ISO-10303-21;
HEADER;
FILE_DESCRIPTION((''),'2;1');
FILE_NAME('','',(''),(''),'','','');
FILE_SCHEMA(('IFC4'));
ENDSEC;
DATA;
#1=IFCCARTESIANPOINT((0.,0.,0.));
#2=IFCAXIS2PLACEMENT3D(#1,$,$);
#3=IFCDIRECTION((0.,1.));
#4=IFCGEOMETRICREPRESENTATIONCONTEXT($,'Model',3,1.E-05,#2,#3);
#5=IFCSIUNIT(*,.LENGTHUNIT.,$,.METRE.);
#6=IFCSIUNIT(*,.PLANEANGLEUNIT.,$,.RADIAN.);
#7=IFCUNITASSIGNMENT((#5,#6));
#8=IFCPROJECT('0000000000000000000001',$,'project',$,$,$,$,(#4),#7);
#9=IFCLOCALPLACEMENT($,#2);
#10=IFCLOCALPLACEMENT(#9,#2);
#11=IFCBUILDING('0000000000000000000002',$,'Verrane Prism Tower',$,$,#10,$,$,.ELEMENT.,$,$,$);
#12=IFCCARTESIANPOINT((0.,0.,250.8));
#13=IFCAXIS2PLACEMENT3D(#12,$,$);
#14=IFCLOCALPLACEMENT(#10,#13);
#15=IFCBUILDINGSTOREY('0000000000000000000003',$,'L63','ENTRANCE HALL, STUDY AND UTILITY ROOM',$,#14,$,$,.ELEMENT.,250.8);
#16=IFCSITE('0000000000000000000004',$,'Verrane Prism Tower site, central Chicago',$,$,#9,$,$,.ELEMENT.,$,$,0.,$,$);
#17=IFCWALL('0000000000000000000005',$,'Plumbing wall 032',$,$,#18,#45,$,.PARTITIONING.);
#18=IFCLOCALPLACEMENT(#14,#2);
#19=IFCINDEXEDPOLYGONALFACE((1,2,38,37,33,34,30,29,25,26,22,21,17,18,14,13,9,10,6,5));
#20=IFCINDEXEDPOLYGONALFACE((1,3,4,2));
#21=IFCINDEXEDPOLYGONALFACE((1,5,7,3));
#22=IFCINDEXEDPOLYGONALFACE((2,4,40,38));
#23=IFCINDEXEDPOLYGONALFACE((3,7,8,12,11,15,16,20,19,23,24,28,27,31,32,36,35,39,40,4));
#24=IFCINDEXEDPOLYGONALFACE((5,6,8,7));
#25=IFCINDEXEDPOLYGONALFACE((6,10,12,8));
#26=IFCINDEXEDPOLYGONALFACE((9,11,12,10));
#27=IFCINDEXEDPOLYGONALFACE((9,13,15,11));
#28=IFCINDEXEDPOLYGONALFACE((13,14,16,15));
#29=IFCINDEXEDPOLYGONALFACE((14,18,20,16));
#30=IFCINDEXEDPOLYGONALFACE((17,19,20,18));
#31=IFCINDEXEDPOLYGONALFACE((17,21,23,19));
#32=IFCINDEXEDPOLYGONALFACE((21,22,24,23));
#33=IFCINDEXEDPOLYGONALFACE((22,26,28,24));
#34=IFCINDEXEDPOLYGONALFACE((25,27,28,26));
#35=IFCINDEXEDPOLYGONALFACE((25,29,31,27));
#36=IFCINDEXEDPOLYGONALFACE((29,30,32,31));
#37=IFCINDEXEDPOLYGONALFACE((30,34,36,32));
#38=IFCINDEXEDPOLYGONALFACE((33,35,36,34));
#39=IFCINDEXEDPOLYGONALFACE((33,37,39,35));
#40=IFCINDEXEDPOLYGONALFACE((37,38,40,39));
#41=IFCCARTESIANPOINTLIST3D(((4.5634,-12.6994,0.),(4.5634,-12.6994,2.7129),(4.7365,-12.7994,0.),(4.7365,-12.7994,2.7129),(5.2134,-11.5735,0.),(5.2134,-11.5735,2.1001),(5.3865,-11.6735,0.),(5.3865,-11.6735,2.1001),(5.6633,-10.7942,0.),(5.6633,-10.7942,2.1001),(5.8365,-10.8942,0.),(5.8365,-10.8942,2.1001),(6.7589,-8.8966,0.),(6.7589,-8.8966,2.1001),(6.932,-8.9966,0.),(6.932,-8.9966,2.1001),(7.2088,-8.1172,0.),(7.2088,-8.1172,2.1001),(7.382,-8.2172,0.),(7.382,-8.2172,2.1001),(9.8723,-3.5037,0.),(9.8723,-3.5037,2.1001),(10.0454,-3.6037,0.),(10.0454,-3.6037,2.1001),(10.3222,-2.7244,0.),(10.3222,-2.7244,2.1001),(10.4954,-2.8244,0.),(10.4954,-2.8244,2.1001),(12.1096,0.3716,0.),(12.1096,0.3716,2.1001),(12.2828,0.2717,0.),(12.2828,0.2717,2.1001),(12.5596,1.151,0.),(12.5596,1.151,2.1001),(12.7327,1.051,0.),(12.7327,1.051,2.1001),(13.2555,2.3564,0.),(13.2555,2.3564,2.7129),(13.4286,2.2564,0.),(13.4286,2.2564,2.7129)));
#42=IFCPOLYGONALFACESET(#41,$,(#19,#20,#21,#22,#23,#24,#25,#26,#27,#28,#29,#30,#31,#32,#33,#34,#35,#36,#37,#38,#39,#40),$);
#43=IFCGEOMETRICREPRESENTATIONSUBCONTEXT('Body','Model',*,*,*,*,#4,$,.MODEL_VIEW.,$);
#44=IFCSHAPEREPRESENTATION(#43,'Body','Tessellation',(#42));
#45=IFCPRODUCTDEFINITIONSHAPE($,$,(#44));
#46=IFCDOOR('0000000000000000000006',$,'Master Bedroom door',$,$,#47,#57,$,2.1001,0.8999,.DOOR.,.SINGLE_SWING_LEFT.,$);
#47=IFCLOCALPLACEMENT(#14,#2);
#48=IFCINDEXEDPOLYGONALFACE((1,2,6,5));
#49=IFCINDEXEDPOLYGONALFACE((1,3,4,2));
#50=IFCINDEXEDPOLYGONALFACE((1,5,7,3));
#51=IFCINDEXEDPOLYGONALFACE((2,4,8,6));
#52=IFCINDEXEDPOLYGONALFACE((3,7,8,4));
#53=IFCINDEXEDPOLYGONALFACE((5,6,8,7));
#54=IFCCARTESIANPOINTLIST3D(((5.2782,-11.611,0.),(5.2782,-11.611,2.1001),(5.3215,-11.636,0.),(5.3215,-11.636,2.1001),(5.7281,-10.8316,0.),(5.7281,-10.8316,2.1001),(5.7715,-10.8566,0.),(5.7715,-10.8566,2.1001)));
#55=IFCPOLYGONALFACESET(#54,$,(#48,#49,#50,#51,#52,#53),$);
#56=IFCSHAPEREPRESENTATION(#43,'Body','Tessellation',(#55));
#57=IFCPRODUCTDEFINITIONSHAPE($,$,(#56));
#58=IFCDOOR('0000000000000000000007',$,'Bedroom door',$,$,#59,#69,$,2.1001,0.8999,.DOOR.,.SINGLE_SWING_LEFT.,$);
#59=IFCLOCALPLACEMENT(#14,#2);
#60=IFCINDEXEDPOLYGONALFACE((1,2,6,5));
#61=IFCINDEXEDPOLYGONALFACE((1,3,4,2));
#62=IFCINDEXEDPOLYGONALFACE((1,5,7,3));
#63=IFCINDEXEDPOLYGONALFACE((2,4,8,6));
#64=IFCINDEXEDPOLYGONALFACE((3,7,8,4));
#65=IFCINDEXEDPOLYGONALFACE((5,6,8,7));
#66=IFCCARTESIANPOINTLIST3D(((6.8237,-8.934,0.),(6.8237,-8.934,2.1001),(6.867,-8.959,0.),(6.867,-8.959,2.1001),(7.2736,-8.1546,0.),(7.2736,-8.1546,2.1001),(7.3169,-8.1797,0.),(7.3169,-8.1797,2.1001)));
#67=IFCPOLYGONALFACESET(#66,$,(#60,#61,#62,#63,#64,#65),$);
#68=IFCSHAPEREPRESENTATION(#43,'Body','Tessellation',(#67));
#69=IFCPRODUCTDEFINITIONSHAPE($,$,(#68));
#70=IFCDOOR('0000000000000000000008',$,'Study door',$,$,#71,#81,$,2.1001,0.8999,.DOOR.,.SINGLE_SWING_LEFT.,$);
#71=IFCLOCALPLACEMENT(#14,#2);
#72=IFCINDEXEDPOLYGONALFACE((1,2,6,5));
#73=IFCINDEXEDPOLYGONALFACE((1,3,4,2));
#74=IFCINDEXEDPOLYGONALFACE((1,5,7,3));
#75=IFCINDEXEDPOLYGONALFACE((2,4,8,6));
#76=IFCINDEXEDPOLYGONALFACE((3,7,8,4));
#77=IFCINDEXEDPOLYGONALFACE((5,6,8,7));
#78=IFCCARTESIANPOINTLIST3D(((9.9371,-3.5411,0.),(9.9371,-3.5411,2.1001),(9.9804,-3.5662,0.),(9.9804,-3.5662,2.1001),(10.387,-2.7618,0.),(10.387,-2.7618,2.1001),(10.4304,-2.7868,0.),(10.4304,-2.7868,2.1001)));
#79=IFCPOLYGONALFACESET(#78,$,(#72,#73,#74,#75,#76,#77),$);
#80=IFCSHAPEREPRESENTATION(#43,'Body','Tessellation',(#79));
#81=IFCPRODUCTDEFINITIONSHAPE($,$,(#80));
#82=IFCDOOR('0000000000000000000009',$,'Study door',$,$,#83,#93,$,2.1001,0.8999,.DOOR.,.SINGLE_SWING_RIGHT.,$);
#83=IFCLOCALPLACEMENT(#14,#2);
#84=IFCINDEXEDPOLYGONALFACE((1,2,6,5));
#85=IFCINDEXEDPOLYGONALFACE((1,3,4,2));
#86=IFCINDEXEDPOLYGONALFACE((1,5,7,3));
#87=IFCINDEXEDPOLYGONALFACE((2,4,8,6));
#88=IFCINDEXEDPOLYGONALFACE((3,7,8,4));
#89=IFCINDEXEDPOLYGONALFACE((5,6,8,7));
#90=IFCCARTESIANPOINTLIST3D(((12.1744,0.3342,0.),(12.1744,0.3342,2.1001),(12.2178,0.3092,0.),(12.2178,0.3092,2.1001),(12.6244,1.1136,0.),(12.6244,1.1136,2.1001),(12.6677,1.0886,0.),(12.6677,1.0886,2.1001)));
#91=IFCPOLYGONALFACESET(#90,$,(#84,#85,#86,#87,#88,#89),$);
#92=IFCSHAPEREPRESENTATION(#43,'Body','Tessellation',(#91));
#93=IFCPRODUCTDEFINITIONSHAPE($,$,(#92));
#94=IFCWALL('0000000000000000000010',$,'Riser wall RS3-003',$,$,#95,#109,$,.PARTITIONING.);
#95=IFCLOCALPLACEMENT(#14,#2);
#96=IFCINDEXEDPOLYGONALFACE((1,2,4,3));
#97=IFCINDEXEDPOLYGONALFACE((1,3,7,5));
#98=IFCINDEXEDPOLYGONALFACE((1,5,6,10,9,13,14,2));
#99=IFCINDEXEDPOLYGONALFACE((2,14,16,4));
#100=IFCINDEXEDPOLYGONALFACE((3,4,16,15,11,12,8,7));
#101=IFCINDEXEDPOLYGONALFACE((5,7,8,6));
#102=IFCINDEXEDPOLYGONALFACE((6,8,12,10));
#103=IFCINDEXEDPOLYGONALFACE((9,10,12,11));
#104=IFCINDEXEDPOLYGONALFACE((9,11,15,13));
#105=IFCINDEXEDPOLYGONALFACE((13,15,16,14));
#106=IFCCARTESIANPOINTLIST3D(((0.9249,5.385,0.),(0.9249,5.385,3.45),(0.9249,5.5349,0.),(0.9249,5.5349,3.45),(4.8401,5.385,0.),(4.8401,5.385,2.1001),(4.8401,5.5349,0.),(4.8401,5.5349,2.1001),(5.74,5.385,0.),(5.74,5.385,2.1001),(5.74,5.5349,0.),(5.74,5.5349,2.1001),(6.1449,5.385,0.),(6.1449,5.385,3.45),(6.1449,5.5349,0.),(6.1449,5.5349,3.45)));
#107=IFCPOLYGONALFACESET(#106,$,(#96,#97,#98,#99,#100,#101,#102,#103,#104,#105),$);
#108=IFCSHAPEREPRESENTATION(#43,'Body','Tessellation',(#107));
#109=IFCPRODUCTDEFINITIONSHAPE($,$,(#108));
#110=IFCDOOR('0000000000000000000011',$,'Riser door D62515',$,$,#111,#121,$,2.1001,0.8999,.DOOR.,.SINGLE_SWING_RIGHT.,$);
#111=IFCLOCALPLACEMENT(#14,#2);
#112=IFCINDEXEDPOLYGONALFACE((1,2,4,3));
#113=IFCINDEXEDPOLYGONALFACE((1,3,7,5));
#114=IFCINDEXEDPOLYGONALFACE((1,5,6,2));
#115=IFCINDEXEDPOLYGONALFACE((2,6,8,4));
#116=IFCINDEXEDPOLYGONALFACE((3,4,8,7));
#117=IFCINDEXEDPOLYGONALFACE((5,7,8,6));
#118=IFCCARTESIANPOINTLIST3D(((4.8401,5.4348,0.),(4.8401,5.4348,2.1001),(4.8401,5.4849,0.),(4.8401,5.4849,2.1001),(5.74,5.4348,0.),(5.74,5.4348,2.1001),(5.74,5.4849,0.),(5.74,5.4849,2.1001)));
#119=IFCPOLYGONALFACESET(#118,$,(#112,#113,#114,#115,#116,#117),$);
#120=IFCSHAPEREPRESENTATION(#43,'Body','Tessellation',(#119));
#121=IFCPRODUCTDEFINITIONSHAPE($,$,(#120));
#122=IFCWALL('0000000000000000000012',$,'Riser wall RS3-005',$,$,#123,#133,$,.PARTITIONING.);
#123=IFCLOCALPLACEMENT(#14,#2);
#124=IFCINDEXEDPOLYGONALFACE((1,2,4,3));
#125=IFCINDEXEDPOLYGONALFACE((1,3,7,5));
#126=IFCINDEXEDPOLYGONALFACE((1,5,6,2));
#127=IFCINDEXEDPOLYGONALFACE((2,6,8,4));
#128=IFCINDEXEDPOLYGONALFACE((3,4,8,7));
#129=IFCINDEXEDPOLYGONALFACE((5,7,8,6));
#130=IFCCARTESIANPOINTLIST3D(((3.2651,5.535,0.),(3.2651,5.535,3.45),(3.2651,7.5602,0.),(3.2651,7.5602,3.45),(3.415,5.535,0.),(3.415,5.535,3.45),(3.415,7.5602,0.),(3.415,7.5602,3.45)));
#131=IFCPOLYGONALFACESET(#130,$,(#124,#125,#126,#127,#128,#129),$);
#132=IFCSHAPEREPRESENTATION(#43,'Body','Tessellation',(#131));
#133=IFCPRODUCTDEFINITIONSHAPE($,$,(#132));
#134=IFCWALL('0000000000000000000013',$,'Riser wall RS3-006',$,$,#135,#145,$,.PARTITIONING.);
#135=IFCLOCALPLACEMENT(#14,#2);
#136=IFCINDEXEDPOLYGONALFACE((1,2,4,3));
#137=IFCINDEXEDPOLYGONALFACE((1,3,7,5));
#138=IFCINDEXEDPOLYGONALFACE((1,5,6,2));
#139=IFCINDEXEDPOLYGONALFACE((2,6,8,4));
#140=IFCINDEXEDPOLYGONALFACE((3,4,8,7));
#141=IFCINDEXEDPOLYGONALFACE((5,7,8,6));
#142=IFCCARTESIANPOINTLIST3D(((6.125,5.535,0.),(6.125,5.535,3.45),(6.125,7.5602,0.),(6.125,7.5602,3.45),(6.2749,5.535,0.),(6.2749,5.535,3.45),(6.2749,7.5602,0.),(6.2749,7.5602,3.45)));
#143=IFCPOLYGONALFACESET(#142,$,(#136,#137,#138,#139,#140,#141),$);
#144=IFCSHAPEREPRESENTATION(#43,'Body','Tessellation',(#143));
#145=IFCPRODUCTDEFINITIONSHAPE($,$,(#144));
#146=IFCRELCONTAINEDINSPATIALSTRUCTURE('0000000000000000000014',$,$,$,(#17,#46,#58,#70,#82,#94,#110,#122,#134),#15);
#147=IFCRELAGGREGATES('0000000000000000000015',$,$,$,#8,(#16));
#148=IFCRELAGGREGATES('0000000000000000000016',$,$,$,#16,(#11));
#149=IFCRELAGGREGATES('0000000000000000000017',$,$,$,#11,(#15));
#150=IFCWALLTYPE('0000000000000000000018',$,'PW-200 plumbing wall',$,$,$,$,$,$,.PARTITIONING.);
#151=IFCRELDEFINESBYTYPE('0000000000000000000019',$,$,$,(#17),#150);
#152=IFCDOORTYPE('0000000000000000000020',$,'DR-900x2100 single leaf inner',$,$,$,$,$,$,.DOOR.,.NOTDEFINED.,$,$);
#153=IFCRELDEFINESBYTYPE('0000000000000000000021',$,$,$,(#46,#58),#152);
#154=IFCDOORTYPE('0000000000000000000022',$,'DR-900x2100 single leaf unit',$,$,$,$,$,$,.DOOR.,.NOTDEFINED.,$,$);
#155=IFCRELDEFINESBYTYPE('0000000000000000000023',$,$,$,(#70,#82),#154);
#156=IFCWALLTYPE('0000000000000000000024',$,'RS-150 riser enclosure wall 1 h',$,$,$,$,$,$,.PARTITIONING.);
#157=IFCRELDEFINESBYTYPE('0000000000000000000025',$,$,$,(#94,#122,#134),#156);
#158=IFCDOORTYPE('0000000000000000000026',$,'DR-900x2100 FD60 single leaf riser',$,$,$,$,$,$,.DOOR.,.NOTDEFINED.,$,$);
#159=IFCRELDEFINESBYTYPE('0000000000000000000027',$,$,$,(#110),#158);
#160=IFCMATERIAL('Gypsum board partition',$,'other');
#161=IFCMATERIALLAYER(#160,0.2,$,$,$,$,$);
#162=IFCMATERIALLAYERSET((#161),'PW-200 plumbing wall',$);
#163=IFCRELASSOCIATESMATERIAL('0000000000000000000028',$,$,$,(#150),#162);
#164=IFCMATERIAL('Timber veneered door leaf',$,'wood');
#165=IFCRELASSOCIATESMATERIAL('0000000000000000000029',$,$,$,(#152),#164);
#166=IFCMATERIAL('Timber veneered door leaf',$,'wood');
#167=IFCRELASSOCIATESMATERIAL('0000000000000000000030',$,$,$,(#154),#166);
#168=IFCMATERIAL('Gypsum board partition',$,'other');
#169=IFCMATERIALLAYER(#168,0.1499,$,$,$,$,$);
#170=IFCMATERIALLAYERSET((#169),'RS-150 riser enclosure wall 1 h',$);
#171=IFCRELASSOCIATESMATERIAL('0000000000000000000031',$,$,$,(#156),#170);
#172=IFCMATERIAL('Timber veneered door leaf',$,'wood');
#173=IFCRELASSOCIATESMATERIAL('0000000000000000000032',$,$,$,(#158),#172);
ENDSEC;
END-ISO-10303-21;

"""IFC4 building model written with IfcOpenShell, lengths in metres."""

from ifc_helpers import new_model, si_unit, direction, frame, frame_2d, origin, place, context, subcontext, project, spatial, rectangle, extrude, material, layer, layer_set, type_object, element, fill, save


model = new_model("IFC4")

# Units and contexts
model_context = context("Model", 3, precision=1e-05, world=origin(), true_north=direction((0.0, 1.0)))
body_context = subcontext(model_context, "Body", "Model", "MODEL_VIEW")
ifc_project = project(units=[si_unit("LENGTHUNIT", "METRE"), si_unit("PLANEANGLEUNIT", "RADIAN")], contexts=[model_context])

# Site, building, storey
site_placement = place(None, origin())
site = spatial("IfcSite", under=ifc_project, at=site_placement, Name="Verrane Prism Tower site, central Chicago", CompositionType="ELEMENT", RefElevation=0.0)
building_placement = place(site_placement, origin())
building = spatial("IfcBuilding", under=site, at=building_placement, Name="Verrane Prism Tower", CompositionType="ELEMENT")
storey_placement = place(building_placement, frame((0.0, 0.0, 250.8)))
storey = spatial("IfcBuildingStorey", under=building, at=storey_placement, Name="L63", Description="ENTRANCE HALL, STUDY AND UTILITY ROOM", CompositionType="ELEMENT", Elevation=250.8)

# Wall, openings, doors
ifc_material_1 = material(Name="Gypsum board partition", Category="other")
ifc_layer_1 = layer(ifc_material_1, 0.2)
ifc_layer_set_1 = layer_set([ifc_layer_1], Name="PW-200 plumbing wall")
wall_type_1 = type_object("IfcWallType", Name="PW-200 plumbing wall", PredefinedType="PARTITIONING", material=ifc_layer_set_1)
wall_1_placement = place(storey_placement, frame((13.342, 2.3064, 0.0), z_axis=(0.0, 0.0, 1.0), x_axis=(-0.499983, -0.866035, 0.0)))
wall_1 = element("IfcWall", 1, at=wall_1_placement, inside=storey, type_object=wall_type_1, Name="Plumbing wall 032", PredefinedType="PARTITIONING", context=body_context, shape_type="SweptSolid", body=[
    extrude(rectangle(XDim=17.3848, YDim=0.2, at=frame_2d((8.6924, 0.0))), origin(), (0.0, 0.0, 1.0), 2.7129),
])
opening_1_placement = place(wall_1_placement, frame((15.1848, 0.0, 0.0)))
opening_1 = element("IfcOpeningElement", 2, at=opening_1_placement, cuts=wall_1, PredefinedType="OPENING", context=body_context, shape_type="SweptSolid", body=[
    extrude(rectangle(XDim=0.8999, YDim=2.1001, at=frame_2d((0.45, 1.05))), frame((0.0, 0.1099, 0.0), z_axis=(0.0, -1.0, 0.0), x_axis=(1.0, 0.0, 0.0)), (0.0, 0.0, 1.0), 0.22),
])
opening_2_placement = place(wall_1_placement, frame((12.0938, 0.0, 0.0)))
opening_2 = element("IfcOpeningElement", 3, at=opening_2_placement, cuts=wall_1, PredefinedType="OPENING", context=body_context, shape_type="SweptSolid", body=[
    extrude(rectangle(XDim=0.8999, YDim=2.1001, at=frame_2d((0.45, 1.05))), frame((0.0, 0.1099, 0.0), z_axis=(0.0, -1.0, 0.0), x_axis=(1.0, 0.0, 0.0)), (0.0, 0.0, 1.0), 0.22),
])
opening_3_placement = place(wall_1_placement, frame((5.8667, 0.0, 0.0)))
opening_3 = element("IfcOpeningElement", 4, at=opening_3_placement, cuts=wall_1, PredefinedType="OPENING", context=body_context, shape_type="SweptSolid", body=[
    extrude(rectangle(XDim=0.8999, YDim=2.1001, at=frame_2d((0.45, 1.05))), frame((0.0, 0.1099, 0.0), z_axis=(0.0, -1.0, 0.0), x_axis=(1.0, 0.0, 0.0)), (0.0, 0.0, 1.0), 0.22),
])
opening_4_placement = place(wall_1_placement, frame((1.3918, 0.0, 0.0)))
opening_4 = element("IfcOpeningElement", 5, at=opening_4_placement, cuts=wall_1, PredefinedType="OPENING", context=body_context, shape_type="SweptSolid", body=[
    extrude(rectangle(XDim=0.8999, YDim=2.1001, at=frame_2d((0.45, 1.05))), frame((0.0, 0.1099, 0.0), z_axis=(0.0, -1.0, 0.0), x_axis=(1.0, 0.0, 0.0)), (0.0, 0.0, 1.0), 0.22),
])
ifc_material_2 = material(Name="Timber veneered door leaf", Category="wood")
door_type_1 = type_object("IfcDoorType", Name="DR-900x2100 single leaf inner", OperationType="NOTDEFINED", PredefinedType="DOOR", material=ifc_material_2)
door_1_placement = place(opening_1_placement, origin())
door_1 = element("IfcDoor", 6, at=door_1_placement, inside=storey, type_object=door_type_1, Name="Master Bedroom door", OperationType="SINGLE_SWING_LEFT", OverallHeight=2.1001, OverallWidth=0.8999, PredefinedType="DOOR", context=body_context, shape_type="SweptSolid", body=[
    extrude(rectangle(XDim=0.8999, YDim=2.1001, at=frame_2d((0.45, 1.05))), frame((0.0, 0.0249, 0.0), z_axis=(0.0, -1.0, 0.0), x_axis=(1.0, 0.0, 0.0)), (0.0, 0.0, 1.0), 0.05),
])
fill(opening_1, door_1)
door_2_placement = place(opening_2_placement, origin())
door_2 = element("IfcDoor", 7, at=door_2_placement, inside=storey, type_object=door_type_1, Name="Bedroom door", OperationType="SINGLE_SWING_LEFT", OverallHeight=2.1001, OverallWidth=0.8999, PredefinedType="DOOR", context=body_context, shape_type="SweptSolid", body=[
    extrude(rectangle(XDim=0.8999, YDim=2.1001, at=frame_2d((0.45, 1.05))), frame((0.0, 0.0249, 0.0), z_axis=(0.0, -1.0, 0.0), x_axis=(1.0, 0.0, 0.0)), (0.0, 0.0, 1.0), 0.05),
])
fill(opening_2, door_2)
ifc_material_3 = material(Name="Timber veneered door leaf", Category="wood")
door_type_2 = type_object("IfcDoorType", Name="DR-900x2100 single leaf unit", OperationType="NOTDEFINED", PredefinedType="DOOR", material=ifc_material_3)
door_3_placement = place(opening_3_placement, origin())
door_3 = element("IfcDoor", 8, at=door_3_placement, inside=storey, type_object=door_type_2, Name="Study door", OperationType="SINGLE_SWING_LEFT", OverallHeight=2.1001, OverallWidth=0.8999, PredefinedType="DOOR", context=body_context, shape_type="SweptSolid", body=[
    extrude(rectangle(XDim=0.8999, YDim=2.1001, at=frame_2d((0.45, 1.05))), frame((0.0, 0.0249, 0.0), z_axis=(0.0, -1.0, 0.0), x_axis=(1.0, 0.0, 0.0)), (0.0, 0.0, 1.0), 0.05),
])
fill(opening_3, door_3)
door_4_placement = place(opening_4_placement, origin())
door_4 = element("IfcDoor", 9, at=door_4_placement, inside=storey, type_object=door_type_2, Name="Study door", OperationType="SINGLE_SWING_RIGHT", OverallHeight=2.1001, OverallWidth=0.8999, PredefinedType="DOOR", context=body_context, shape_type="SweptSolid", body=[
    extrude(rectangle(XDim=0.8999, YDim=2.1001, at=frame_2d((0.45, 1.05))), frame((0.0, 0.0249, 0.0), z_axis=(0.0, -1.0, 0.0), x_axis=(1.0, 0.0, 0.0)), (0.0, 0.0, 1.0), 0.05),
])
fill(opening_4, door_4)

# Wall, opening, door
ifc_material_4 = material(Name="Gypsum board partition", Category="other")
ifc_layer_2 = layer(ifc_material_4, 0.1499)
ifc_layer_set_2 = layer_set([ifc_layer_2], Name="RS-150 riser enclosure wall 1 h")
wall_type_2 = type_object("IfcWallType", Name="RS-150 riser enclosure wall 1 h", PredefinedType="PARTITIONING", material=ifc_layer_set_2)
wall_2_placement = place(storey_placement, frame((0.925, 5.46, 0.0), z_axis=(0.0, 0.0, 1.0), x_axis=(1.0, 0.0, 0.0)))
wall_2 = element("IfcWall", 10, at=wall_2_placement, inside=storey, type_object=wall_type_2, Name="Riser wall RS3-003", PredefinedType="PARTITIONING", context=body_context, shape_type="SweptSolid", body=[
    extrude(rectangle(XDim=5.22, YDim=0.1499, at=frame_2d((2.6099, 0.0))), origin(), (0.0, 0.0, 1.0), 3.45),
])
opening_5_placement = place(wall_2_placement, frame((3.915, 0.0, 0.0)))
opening_5 = element("IfcOpeningElement", 11, at=opening_5_placement, cuts=wall_2, PredefinedType="OPENING", context=body_context, shape_type="SweptSolid", body=[
    extrude(rectangle(XDim=0.8999, YDim=2.1001, at=frame_2d((0.45, 1.05))), frame((0.0, 0.085, 0.0), z_axis=(0.0, -1.0, 0.0), x_axis=(1.0, 0.0, 0.0)), (0.0, 0.0, 1.0), 0.1699),
])
ifc_material_5 = material(Name="Timber veneered door leaf", Category="wood")
door_type_3 = type_object("IfcDoorType", Name="DR-900x2100 FD60 single leaf riser", OperationType="NOTDEFINED", PredefinedType="DOOR", material=ifc_material_5)
door_5_placement = place(opening_5_placement, origin())
door_5 = element("IfcDoor", 12, at=door_5_placement, inside=storey, type_object=door_type_3, Name="Riser door D62515", OperationType="SINGLE_SWING_RIGHT", OverallHeight=2.1001, OverallWidth=0.8999, PredefinedType="DOOR", context=body_context, shape_type="SweptSolid", body=[
    extrude(rectangle(XDim=0.8999, YDim=2.1001, at=frame_2d((0.45, 1.05))), frame((0.0, 0.0249, 0.0), z_axis=(0.0, -1.0, 0.0), x_axis=(1.0, 0.0, 0.0)), (0.0, 0.0, 1.0), 0.05),
])
fill(opening_5, door_5)

# Walls
for number, where, z_axis, x_axis, name in (
    (13, (3.3401, 5.5349, 0.0), (0.0, 0.0, 1.0), (0.0, 1.0, 0.0), "Riser wall RS3-005"),
    (14, (6.2, 5.5349, 0.0), (0.0, 0.0, 1.0), (0.0, 1.0, 0.0), "Riser wall RS3-006"),
):
    element("IfcWall", number, at=place(storey_placement, frame(where, z_axis=z_axis, x_axis=x_axis)), inside=storey, type_object=wall_type_2, Name=name, PredefinedType="PARTITIONING", context=body_context, shape_type="SweptSolid", body=[
        extrude(rectangle(XDim=2.0251, YDim=0.1499, at=frame_2d((1.0127, 0.0))), origin(), (0.0, 0.0, 1.0), 3.45),
    ])

save(model, "model.ifc")
